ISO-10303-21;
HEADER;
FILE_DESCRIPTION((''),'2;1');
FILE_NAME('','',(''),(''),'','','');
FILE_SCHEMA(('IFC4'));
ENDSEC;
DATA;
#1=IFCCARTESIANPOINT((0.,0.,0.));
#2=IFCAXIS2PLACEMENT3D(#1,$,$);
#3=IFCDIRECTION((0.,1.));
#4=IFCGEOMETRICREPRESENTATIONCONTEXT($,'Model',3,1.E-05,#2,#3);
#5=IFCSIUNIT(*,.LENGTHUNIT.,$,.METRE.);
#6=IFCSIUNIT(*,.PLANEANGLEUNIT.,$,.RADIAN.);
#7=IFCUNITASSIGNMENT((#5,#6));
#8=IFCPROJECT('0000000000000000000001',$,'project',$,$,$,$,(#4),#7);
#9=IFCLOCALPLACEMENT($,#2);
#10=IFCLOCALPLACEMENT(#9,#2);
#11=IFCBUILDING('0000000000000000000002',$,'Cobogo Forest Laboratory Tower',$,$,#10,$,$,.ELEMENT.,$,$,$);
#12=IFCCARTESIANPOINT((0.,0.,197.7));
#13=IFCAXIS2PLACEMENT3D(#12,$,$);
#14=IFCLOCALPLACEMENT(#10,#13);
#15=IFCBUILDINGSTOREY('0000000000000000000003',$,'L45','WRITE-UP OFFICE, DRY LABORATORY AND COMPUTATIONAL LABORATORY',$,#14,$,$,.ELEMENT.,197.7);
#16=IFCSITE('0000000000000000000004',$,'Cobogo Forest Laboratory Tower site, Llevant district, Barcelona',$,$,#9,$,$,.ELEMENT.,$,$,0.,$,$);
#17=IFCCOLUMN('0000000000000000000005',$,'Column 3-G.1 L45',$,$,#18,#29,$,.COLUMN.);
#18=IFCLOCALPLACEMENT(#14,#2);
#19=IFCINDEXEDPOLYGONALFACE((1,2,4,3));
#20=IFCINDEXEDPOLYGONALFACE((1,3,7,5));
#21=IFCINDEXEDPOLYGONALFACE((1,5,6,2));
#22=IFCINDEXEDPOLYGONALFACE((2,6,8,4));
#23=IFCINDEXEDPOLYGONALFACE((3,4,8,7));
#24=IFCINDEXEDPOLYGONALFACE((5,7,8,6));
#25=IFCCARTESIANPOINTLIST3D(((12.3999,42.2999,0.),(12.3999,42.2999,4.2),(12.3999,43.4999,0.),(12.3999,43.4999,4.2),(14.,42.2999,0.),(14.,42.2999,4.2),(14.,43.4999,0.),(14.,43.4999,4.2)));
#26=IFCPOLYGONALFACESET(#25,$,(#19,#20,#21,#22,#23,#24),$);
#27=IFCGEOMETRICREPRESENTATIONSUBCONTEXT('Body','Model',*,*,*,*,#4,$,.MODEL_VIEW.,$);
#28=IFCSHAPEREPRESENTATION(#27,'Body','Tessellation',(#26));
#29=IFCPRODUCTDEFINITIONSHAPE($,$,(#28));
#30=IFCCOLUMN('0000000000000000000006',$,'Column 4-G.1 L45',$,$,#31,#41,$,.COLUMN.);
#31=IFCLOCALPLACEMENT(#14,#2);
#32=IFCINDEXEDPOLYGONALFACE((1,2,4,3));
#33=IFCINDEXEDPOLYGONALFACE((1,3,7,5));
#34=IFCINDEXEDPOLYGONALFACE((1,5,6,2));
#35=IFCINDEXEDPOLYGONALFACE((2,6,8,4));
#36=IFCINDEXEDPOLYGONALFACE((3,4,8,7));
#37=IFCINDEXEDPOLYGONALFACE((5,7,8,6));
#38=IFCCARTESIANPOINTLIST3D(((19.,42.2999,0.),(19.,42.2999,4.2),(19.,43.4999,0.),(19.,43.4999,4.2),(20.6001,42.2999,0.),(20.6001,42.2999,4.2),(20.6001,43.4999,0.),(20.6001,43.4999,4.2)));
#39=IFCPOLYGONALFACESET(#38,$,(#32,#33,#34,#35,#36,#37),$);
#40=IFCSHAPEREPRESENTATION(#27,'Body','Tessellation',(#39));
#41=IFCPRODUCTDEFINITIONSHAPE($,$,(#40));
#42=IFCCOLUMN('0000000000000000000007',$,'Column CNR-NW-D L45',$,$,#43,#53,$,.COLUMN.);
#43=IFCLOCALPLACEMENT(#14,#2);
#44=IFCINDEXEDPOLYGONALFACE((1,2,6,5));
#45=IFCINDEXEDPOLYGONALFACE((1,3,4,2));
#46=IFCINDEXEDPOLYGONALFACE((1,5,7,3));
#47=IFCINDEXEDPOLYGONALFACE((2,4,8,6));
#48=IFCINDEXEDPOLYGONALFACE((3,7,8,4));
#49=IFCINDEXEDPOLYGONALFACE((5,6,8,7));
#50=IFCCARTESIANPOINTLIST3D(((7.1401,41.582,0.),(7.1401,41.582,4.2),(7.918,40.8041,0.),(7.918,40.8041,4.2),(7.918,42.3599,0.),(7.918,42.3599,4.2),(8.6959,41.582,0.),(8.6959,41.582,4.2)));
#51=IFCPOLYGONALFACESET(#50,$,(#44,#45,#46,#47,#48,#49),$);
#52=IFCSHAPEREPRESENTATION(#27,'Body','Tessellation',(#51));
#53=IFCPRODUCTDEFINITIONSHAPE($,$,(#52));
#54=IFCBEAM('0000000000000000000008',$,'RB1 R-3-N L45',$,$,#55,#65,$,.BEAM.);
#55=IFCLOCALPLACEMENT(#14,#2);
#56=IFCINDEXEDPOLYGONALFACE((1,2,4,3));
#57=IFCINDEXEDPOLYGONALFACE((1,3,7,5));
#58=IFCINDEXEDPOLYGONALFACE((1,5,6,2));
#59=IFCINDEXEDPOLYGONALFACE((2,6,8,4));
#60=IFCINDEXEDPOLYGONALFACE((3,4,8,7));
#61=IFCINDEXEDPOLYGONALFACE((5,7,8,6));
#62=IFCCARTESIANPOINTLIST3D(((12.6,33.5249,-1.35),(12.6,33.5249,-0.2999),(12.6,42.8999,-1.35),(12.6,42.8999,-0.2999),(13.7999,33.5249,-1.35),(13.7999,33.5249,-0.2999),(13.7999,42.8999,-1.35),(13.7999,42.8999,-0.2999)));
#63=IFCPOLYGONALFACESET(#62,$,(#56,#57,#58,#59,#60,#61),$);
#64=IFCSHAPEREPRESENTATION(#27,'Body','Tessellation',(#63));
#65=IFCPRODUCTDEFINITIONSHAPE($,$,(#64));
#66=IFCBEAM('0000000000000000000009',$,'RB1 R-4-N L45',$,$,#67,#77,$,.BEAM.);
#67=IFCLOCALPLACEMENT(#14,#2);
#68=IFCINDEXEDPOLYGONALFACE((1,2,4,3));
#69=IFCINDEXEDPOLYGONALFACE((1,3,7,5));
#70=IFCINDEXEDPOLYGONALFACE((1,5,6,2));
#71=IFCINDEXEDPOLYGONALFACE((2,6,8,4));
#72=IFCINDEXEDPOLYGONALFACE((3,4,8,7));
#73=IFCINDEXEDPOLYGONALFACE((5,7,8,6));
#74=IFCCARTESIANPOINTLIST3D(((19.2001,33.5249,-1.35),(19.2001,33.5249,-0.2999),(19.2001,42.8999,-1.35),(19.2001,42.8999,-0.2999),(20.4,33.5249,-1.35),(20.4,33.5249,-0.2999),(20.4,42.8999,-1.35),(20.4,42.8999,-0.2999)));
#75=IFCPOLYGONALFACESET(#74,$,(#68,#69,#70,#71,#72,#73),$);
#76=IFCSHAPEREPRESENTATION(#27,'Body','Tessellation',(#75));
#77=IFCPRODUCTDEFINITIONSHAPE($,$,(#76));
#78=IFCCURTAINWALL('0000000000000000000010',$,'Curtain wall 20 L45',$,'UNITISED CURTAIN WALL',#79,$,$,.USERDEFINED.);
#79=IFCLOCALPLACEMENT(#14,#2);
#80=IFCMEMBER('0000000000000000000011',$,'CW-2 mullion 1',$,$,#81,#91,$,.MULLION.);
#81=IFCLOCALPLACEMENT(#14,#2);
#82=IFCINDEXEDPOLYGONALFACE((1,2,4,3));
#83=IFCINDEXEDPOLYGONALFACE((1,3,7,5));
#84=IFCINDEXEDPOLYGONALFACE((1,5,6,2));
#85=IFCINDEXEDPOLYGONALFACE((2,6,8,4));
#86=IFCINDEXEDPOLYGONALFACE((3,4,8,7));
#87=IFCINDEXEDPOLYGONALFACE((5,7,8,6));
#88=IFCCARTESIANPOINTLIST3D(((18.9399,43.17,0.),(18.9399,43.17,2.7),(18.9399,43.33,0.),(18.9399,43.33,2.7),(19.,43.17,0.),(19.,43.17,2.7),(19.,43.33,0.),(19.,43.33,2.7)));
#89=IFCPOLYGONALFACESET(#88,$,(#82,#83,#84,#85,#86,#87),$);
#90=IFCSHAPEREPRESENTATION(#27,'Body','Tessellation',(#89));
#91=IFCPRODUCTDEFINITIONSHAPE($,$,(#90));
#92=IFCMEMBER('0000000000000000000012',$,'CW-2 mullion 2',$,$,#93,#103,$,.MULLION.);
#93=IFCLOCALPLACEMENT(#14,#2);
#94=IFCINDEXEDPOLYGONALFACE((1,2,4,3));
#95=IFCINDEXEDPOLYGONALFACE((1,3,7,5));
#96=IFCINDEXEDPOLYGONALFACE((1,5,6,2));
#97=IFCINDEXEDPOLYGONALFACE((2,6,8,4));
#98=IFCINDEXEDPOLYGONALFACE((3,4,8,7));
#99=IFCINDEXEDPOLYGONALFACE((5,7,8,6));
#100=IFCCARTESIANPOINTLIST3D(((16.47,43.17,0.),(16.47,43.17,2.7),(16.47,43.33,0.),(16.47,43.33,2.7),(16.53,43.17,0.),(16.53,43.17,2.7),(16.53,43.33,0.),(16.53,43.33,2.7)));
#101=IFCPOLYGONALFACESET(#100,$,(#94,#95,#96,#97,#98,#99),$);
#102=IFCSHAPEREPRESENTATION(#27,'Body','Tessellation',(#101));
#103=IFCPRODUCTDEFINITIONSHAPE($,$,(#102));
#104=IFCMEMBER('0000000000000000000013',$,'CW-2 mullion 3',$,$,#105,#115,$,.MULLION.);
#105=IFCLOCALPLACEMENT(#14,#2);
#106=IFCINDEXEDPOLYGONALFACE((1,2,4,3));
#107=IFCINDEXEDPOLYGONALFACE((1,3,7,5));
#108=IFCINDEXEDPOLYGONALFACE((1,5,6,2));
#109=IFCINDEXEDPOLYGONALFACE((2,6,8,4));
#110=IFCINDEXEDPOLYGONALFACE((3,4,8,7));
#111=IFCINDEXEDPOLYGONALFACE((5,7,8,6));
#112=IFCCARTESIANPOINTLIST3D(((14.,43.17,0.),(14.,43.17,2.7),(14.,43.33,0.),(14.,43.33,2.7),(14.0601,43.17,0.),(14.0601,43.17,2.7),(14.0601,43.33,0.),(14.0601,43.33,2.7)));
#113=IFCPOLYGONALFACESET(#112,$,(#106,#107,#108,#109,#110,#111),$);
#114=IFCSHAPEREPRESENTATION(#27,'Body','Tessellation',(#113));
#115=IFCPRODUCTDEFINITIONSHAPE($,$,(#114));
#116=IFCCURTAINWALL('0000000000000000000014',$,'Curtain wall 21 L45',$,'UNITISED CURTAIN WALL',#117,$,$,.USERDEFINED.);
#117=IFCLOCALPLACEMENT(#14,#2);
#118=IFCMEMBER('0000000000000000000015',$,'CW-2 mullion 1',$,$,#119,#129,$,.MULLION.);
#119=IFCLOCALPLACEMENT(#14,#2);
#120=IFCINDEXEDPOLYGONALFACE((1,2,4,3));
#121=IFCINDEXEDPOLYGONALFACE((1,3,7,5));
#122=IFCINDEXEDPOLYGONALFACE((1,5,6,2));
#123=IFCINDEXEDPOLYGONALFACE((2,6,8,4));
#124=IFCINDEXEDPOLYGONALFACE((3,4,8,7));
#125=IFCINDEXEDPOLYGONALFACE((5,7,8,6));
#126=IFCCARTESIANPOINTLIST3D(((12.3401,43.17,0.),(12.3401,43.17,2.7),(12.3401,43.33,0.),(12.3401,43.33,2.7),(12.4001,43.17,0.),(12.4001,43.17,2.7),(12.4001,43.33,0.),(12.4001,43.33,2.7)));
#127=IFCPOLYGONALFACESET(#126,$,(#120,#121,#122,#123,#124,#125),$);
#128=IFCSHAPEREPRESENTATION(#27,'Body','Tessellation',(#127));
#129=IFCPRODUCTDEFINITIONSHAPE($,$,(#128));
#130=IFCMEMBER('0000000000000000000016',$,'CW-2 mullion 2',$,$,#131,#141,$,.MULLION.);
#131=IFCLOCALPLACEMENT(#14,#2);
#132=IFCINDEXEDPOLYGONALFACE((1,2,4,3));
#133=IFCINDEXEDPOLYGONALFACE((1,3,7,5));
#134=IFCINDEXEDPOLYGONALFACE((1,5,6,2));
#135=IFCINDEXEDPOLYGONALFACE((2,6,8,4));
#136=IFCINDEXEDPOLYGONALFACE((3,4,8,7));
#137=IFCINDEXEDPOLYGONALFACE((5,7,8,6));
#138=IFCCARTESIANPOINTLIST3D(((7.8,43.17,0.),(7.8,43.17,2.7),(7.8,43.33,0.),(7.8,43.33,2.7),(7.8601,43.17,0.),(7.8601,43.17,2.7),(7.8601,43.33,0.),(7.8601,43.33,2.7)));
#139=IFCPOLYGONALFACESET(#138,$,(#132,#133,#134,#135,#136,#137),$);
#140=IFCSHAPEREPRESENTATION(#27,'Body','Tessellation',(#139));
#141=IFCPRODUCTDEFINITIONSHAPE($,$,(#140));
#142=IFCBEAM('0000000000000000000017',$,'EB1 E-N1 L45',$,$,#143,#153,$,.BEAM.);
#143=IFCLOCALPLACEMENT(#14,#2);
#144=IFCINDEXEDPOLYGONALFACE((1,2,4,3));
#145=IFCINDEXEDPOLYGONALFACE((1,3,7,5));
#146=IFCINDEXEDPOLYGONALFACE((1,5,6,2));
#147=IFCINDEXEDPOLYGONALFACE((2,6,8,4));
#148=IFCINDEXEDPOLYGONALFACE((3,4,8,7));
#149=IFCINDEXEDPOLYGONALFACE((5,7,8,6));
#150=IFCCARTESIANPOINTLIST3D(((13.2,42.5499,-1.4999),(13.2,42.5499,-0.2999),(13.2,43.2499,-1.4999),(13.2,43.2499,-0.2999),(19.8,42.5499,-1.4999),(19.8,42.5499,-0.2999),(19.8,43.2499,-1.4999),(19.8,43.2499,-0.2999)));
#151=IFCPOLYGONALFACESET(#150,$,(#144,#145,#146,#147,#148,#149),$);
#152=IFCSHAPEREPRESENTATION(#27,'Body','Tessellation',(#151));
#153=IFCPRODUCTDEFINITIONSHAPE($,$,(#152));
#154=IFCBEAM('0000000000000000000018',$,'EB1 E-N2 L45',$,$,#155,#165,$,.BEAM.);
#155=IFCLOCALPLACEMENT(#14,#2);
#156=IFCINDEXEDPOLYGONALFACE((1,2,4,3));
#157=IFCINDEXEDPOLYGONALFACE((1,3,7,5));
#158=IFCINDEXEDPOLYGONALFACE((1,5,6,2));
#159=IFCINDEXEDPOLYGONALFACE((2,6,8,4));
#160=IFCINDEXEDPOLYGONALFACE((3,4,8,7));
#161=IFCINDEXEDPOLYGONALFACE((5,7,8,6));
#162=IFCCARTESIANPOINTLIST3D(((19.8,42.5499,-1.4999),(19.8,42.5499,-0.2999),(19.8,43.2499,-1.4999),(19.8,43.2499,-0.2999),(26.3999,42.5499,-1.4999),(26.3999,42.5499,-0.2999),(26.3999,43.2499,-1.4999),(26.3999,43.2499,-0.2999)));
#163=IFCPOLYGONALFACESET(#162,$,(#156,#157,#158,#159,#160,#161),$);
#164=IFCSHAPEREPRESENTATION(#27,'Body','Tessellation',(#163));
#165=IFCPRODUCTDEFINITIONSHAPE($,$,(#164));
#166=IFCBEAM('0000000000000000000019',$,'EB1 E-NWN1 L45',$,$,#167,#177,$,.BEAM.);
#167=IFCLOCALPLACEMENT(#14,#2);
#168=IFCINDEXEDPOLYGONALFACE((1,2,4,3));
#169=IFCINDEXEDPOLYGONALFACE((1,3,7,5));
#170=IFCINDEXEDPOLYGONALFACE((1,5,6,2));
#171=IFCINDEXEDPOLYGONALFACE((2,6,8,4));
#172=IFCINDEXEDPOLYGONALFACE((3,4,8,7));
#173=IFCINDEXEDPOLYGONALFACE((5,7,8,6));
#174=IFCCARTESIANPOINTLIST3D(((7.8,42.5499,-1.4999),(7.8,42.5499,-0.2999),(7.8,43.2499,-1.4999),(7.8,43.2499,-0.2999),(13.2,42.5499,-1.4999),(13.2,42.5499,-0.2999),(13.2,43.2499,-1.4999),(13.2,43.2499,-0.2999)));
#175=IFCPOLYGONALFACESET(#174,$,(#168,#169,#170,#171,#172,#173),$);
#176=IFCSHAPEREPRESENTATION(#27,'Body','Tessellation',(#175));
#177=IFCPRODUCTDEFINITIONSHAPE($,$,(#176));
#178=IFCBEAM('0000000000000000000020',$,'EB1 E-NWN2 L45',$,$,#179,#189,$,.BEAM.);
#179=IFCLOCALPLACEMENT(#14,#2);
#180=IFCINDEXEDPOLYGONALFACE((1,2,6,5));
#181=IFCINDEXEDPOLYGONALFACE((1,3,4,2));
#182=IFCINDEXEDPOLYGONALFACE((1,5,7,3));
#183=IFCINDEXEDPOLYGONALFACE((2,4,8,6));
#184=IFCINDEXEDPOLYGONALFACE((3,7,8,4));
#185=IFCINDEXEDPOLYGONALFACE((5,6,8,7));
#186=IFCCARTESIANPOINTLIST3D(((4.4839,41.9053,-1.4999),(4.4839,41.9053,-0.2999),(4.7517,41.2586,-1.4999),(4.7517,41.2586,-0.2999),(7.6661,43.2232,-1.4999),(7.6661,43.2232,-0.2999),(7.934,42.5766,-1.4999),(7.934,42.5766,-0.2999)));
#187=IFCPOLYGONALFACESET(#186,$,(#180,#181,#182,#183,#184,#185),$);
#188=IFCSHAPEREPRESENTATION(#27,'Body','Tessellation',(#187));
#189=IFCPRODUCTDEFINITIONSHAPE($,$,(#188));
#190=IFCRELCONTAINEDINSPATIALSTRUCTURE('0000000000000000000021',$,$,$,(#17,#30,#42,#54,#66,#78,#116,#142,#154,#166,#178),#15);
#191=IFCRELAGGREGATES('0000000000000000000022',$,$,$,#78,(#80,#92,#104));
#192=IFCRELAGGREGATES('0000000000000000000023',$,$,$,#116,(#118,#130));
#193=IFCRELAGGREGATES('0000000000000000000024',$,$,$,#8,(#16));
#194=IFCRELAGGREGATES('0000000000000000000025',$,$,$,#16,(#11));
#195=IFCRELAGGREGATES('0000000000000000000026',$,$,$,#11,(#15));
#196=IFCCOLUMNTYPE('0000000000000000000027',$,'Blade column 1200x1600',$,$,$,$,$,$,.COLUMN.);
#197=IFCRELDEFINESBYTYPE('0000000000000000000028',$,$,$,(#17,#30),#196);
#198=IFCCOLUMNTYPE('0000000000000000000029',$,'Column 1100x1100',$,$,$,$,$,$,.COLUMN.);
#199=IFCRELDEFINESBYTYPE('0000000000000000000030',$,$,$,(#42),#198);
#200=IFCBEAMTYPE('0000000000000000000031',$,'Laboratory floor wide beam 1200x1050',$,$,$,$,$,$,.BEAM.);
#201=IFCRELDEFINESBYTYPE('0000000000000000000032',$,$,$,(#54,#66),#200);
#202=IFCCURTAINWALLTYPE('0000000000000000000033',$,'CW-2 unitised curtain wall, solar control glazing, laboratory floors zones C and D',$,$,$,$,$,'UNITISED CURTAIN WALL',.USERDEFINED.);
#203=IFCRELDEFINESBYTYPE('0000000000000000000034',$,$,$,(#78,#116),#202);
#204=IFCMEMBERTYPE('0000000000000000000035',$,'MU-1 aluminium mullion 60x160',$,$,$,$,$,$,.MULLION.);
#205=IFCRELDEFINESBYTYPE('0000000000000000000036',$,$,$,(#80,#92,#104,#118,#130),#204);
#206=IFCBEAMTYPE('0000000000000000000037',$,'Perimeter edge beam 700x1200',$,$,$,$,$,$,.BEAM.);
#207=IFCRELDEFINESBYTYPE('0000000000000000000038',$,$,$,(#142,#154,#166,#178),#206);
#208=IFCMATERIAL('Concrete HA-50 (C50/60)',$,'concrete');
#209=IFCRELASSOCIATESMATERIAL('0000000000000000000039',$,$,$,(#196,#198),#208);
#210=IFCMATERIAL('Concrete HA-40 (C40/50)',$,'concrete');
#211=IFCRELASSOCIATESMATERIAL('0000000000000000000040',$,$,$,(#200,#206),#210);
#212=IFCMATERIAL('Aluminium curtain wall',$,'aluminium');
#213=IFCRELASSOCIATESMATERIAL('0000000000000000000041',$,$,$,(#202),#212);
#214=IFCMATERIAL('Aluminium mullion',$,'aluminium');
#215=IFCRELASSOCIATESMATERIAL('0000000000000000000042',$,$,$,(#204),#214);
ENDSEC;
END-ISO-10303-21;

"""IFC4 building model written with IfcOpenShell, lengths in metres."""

from ifc_helpers import new_model, si_unit, direction, frame, origin, origin_2d, place, context, subcontext, project, spatial, rectangle, extrude, material, material_profile, profile_set, type_object, element, aggregate, save


model = new_model("IFC4")

# Units and contexts
model_context = context("Model", 3, precision=1e-05, world=origin(), true_north=direction((0.0, 1.0)))
body_context = subcontext(model_context, "Body", "Model", "MODEL_VIEW")
ifc_project = project(units=[si_unit("LENGTHUNIT", "METRE"), si_unit("PLANEANGLEUNIT", "RADIAN")], contexts=[model_context])

# Site, building, storey
site_placement = place(None, origin())
site = spatial("IfcSite", under=ifc_project, at=site_placement, Name="Cobogo Forest Laboratory Tower site, Llevant district, Barcelona", CompositionType="ELEMENT", RefElevation=0.0)
building_placement = place(site_placement, origin())
building = spatial("IfcBuilding", under=site, at=building_placement, Name="Cobogo Forest Laboratory Tower", CompositionType="ELEMENT")
storey_placement = place(building_placement, frame((0.0, 0.0, 197.7)))
storey = spatial("IfcBuildingStorey", under=building, at=storey_placement, Name="L45", Description="WRITE-UP OFFICE, DRY LABORATORY AND COMPUTATIONAL LABORATORY", CompositionType="ELEMENT", Elevation=197.7)

# Columns
ifc_material_1 = material(Name="Concrete HA-50 (C50/60)", Category="concrete")
ifc_material_profile_1 = material_profile(ifc_material_1, rectangle(XDim=1.6001, YDim=1.2, at=origin_2d()), Name="RC 1200x1600")
ifc_profile_set_1 = profile_set([ifc_material_profile_1], Name="Concrete HA-50 (C50/60)")
column_type_1 = type_object("IfcColumnType", Name="Blade column 1200x1600", PredefinedType="COLUMN", material=ifc_profile_set_1)
for number, where, z_axis, x_axis, name in (
    (1, (13.2, 42.8999, 0.0), (0.0, 0.0, 1.0), (1.0, 0.0, 0.0), "Column 3-G.1 L45"),
    (2, (19.8, 42.8999, 0.0), (0.0, 0.0, 1.0), (1.0, 0.0, 0.0), "Column 4-G.1 L45"),
):
    element("IfcColumn", number, at=place(storey_placement, frame(where, z_axis=z_axis, x_axis=x_axis)), inside=storey, type_object=column_type_1, Name=name, PredefinedType="COLUMN", context=body_context, shape_type="SweptSolid", body=[
        extrude(rectangle(XDim=1.6001, YDim=1.2, at=origin_2d()), origin(), (0.0, 0.0, 1.0), 4.2),
    ])
ifc_material_profile_2 = material_profile(ifc_material_1, rectangle(XDim=1.1001, YDim=1.1001, at=origin_2d()), Name="RC 1100x1100")
ifc_profile_set_2 = profile_set([ifc_material_profile_2], Name="Concrete HA-50 (C50/60)")
column_type_2 = type_object("IfcColumnType", Name="Column 1100x1100", PredefinedType="COLUMN", material=ifc_profile_set_2)
column_placement = place(storey_placement, frame((7.918, 41.582, 0.0), z_axis=(0.0, 0.0, 1.0), x_axis=(0.707107, 0.707107, 0.0)))
element("IfcColumn", 3, at=column_placement, inside=storey, type_object=column_type_2, Name="Column CNR-NW-D L45", PredefinedType="COLUMN", context=body_context, shape_type="SweptSolid", body=[
    extrude(rectangle(XDim=1.1001, YDim=1.1001, at=origin_2d()), origin(), (0.0, 0.0, 1.0), 4.2),
])

# Beams
ifc_material_2 = material(Name="Concrete HA-40 (C40/50)", Category="concrete")
ifc_material_profile_3 = material_profile(ifc_material_2, rectangle(XDim=1.2, YDim=1.05, at=origin_2d()), Name="RC 1200x1050")
ifc_profile_set_3 = profile_set([ifc_material_profile_3], Name="Concrete HA-40 (C40/50)")
beam_type_1 = type_object("IfcBeamType", Name="Laboratory floor wide beam 1200x1050", PredefinedType="BEAM", material=ifc_profile_set_3)
for number, where, z_axis, x_axis, name in (
    (4, (13.2, 33.5249, -0.825), (0.0, 1.0, 0.0), (-1.0, 0.0, 0.0), "RB1 R-3-N L45"),
    (5, (19.8, 33.5249, -0.825), (0.0, 1.0, 0.0), (-1.0, 0.0, 0.0), "RB1 R-4-N L45"),
):
    element("IfcBeam", number, at=place(storey_placement, frame(where, z_axis=z_axis, x_axis=x_axis)), inside=storey, type_object=beam_type_1, Name=name, PredefinedType="BEAM", context=body_context, shape_type="SweptSolid", body=[
        extrude(rectangle(XDim=1.2, YDim=1.05, at=origin_2d()), origin(), (0.0, 0.0, 1.0), 9.375),
    ])

# Curtain walls, members
ifc_material_3 = material(Name="Aluminium curtain wall", Category="aluminium")
curtain_wall_type = type_object("IfcCurtainWallType", Name="CW-2 unitised curtain wall, solar control glazing, laboratory floors zones C and D", ElementType="UNITISED CURTAIN WALL", PredefinedType="USERDEFINED", material=ifc_material_3)
curtain_wall_1_placement = place(storey_placement, origin())
curtain_wall_1 = element("IfcCurtainWall", 6, at=curtain_wall_1_placement, inside=storey, type_object=curtain_wall_type, Name="Curtain wall 20 L45", ObjectType="UNITISED CURTAIN WALL", PredefinedType="USERDEFINED")
ifc_material_4 = material(Name="Aluminium mullion", Category="aluminium")
ifc_material_profile_4 = material_profile(ifc_material_4, rectangle(XDim=0.0601, YDim=0.1599, at=origin_2d()), Name="AL 60x160")
ifc_profile_set_4 = profile_set([ifc_material_profile_4], Name="Aluminium mullion")
member_type_1 = type_object("IfcMemberType", Name="MU-1 aluminium mullion 60x160", PredefinedType="MULLION", material=ifc_profile_set_4)
member_1_placement = place(storey_placement, frame((18.97, 43.25, 0.0), z_axis=(0.0, 0.0, 1.0), x_axis=(-1.0, 0.0, 0.0)))
member_1 = element("IfcMember", 7, at=member_1_placement, type_object=member_type_1, Name="CW-2 mullion 1", PredefinedType="MULLION", context=body_context, shape_type="SweptSolid", body=[
    extrude(rectangle(XDim=0.0601, YDim=0.1599, at=origin_2d()), origin(), (0.0, 0.0, 1.0), 2.7),
])
member_2_placement = place(storey_placement, frame((16.5, 43.25, 0.0), z_axis=(0.0, 0.0, 1.0), x_axis=(-1.0, 0.0, 0.0)))
member_2 = element("IfcMember", 8, at=member_2_placement, type_object=member_type_1, Name="CW-2 mullion 2", PredefinedType="MULLION", context=body_context, shape_type="SweptSolid", body=[
    extrude(rectangle(XDim=0.0601, YDim=0.1599, at=origin_2d()), origin(), (0.0, 0.0, 1.0), 2.7),
])
member_3_placement = place(storey_placement, frame((14.03, 43.25, 0.0), z_axis=(0.0, 0.0, 1.0), x_axis=(-1.0, 0.0, 0.0)))
member_3 = element("IfcMember", 9, at=member_3_placement, type_object=member_type_1, Name="CW-2 mullion 3", PredefinedType="MULLION", context=body_context, shape_type="SweptSolid", body=[
    extrude(rectangle(XDim=0.0601, YDim=0.1599, at=origin_2d()), origin(), (0.0, 0.0, 1.0), 2.7),
])
curtain_wall_2_placement = place(storey_placement, origin())
curtain_wall_2 = element("IfcCurtainWall", 10, at=curtain_wall_2_placement, inside=storey, type_object=curtain_wall_type, Name="Curtain wall 21 L45", ObjectType="UNITISED CURTAIN WALL", PredefinedType="USERDEFINED")
member_4_placement = place(storey_placement, frame((12.3701, 43.25, 0.0), z_axis=(0.0, 0.0, 1.0), x_axis=(-1.0, 0.0, 0.0)))
member_4 = element("IfcMember", 11, at=member_4_placement, type_object=member_type_1, Name="CW-2 mullion 1", PredefinedType="MULLION", context=body_context, shape_type="SweptSolid", body=[
    extrude(rectangle(XDim=0.0601, YDim=0.1599, at=origin_2d()), origin(), (0.0, 0.0, 1.0), 2.7),
])
member_5_placement = place(storey_placement, frame((7.8301, 43.25, 0.0), z_axis=(0.0, 0.0, 1.0), x_axis=(-1.0, 0.0, 0.0)))
member_5 = element("IfcMember", 12, at=member_5_placement, type_object=member_type_1, Name="CW-2 mullion 2", PredefinedType="MULLION", context=body_context, shape_type="SweptSolid", body=[
    extrude(rectangle(XDim=0.0601, YDim=0.1599, at=origin_2d()), origin(), (0.0, 0.0, 1.0), 2.7),
])

# Beams
ifc_material_profile_5 = material_profile(ifc_material_2, rectangle(XDim=0.7, YDim=1.2, at=origin_2d()), Name="RC 700x1200")
ifc_profile_set_5 = profile_set([ifc_material_profile_5], Name="Concrete HA-40 (C40/50)")
beam_type_2 = type_object("IfcBeamType", Name="Perimeter edge beam 700x1200", PredefinedType="BEAM", material=ifc_profile_set_5)
beam_1_placement = place(storey_placement, frame((13.2, 42.8999, -0.8999), z_axis=(1.0, 0.0, 0.0), x_axis=(0.0, 1.0, 0.0)))
element("IfcBeam", 13, at=beam_1_placement, inside=storey, type_object=beam_type_2, Name="EB1 E-N1 L45", PredefinedType="BEAM", context=body_context, shape_type="SweptSolid", body=[
    extrude(rectangle(XDim=0.7, YDim=1.2, at=origin_2d()), origin(), (0.0, 0.0, 1.0), 6.6001),
])
beam_2_placement = place(storey_placement, frame((19.8, 42.8999, -0.8999), z_axis=(1.0, 0.0, 0.0), x_axis=(0.0, 1.0, 0.0)))
element("IfcBeam", 14, at=beam_2_placement, inside=storey, type_object=beam_type_2, Name="EB1 E-N2 L45", PredefinedType="BEAM", context=body_context, shape_type="SweptSolid", body=[
    extrude(rectangle(XDim=0.7, YDim=1.2, at=origin_2d()), origin(), (0.0, 0.0, 1.0), 6.5999),
])
beam_3_placement = place(storey_placement, frame((13.2, 42.8999, -0.8999), z_axis=(-1.0, 0.0, 0.0), x_axis=(0.0, -1.0, 0.0)))
element("IfcBeam", 15, at=beam_3_placement, inside=storey, type_object=beam_type_2, Name="EB1 E-NWN1 L45", PredefinedType="BEAM", context=body_context, shape_type="SweptSolid", body=[
    extrude(rectangle(XDim=0.7, YDim=1.2, at=origin_2d()), origin(), (0.0, 0.0, 1.0), 5.3999),
])
beam_4_placement = place(storey_placement, frame((7.8, 42.8999, -0.8999), z_axis=(-0.923901, -0.382631, 0.0), x_axis=(0.382631, -0.923901, 0.0)))
element("IfcBeam", 16, at=beam_4_placement, inside=storey, type_object=beam_type_2, Name="EB1 E-NWN2 L45", PredefinedType="BEAM", context=body_context, shape_type="SweptSolid", body=[
    extrude(rectangle(XDim=0.7, YDim=1.2, at=origin_2d()), origin(), (0.0, 0.0, 1.0), 3.4443),
])

aggregate(curtain_wall_1, [member_1, member_2, member_3])
aggregate(curtain_wall_2, [member_4, member_5])

save(model, "model.ifc")
